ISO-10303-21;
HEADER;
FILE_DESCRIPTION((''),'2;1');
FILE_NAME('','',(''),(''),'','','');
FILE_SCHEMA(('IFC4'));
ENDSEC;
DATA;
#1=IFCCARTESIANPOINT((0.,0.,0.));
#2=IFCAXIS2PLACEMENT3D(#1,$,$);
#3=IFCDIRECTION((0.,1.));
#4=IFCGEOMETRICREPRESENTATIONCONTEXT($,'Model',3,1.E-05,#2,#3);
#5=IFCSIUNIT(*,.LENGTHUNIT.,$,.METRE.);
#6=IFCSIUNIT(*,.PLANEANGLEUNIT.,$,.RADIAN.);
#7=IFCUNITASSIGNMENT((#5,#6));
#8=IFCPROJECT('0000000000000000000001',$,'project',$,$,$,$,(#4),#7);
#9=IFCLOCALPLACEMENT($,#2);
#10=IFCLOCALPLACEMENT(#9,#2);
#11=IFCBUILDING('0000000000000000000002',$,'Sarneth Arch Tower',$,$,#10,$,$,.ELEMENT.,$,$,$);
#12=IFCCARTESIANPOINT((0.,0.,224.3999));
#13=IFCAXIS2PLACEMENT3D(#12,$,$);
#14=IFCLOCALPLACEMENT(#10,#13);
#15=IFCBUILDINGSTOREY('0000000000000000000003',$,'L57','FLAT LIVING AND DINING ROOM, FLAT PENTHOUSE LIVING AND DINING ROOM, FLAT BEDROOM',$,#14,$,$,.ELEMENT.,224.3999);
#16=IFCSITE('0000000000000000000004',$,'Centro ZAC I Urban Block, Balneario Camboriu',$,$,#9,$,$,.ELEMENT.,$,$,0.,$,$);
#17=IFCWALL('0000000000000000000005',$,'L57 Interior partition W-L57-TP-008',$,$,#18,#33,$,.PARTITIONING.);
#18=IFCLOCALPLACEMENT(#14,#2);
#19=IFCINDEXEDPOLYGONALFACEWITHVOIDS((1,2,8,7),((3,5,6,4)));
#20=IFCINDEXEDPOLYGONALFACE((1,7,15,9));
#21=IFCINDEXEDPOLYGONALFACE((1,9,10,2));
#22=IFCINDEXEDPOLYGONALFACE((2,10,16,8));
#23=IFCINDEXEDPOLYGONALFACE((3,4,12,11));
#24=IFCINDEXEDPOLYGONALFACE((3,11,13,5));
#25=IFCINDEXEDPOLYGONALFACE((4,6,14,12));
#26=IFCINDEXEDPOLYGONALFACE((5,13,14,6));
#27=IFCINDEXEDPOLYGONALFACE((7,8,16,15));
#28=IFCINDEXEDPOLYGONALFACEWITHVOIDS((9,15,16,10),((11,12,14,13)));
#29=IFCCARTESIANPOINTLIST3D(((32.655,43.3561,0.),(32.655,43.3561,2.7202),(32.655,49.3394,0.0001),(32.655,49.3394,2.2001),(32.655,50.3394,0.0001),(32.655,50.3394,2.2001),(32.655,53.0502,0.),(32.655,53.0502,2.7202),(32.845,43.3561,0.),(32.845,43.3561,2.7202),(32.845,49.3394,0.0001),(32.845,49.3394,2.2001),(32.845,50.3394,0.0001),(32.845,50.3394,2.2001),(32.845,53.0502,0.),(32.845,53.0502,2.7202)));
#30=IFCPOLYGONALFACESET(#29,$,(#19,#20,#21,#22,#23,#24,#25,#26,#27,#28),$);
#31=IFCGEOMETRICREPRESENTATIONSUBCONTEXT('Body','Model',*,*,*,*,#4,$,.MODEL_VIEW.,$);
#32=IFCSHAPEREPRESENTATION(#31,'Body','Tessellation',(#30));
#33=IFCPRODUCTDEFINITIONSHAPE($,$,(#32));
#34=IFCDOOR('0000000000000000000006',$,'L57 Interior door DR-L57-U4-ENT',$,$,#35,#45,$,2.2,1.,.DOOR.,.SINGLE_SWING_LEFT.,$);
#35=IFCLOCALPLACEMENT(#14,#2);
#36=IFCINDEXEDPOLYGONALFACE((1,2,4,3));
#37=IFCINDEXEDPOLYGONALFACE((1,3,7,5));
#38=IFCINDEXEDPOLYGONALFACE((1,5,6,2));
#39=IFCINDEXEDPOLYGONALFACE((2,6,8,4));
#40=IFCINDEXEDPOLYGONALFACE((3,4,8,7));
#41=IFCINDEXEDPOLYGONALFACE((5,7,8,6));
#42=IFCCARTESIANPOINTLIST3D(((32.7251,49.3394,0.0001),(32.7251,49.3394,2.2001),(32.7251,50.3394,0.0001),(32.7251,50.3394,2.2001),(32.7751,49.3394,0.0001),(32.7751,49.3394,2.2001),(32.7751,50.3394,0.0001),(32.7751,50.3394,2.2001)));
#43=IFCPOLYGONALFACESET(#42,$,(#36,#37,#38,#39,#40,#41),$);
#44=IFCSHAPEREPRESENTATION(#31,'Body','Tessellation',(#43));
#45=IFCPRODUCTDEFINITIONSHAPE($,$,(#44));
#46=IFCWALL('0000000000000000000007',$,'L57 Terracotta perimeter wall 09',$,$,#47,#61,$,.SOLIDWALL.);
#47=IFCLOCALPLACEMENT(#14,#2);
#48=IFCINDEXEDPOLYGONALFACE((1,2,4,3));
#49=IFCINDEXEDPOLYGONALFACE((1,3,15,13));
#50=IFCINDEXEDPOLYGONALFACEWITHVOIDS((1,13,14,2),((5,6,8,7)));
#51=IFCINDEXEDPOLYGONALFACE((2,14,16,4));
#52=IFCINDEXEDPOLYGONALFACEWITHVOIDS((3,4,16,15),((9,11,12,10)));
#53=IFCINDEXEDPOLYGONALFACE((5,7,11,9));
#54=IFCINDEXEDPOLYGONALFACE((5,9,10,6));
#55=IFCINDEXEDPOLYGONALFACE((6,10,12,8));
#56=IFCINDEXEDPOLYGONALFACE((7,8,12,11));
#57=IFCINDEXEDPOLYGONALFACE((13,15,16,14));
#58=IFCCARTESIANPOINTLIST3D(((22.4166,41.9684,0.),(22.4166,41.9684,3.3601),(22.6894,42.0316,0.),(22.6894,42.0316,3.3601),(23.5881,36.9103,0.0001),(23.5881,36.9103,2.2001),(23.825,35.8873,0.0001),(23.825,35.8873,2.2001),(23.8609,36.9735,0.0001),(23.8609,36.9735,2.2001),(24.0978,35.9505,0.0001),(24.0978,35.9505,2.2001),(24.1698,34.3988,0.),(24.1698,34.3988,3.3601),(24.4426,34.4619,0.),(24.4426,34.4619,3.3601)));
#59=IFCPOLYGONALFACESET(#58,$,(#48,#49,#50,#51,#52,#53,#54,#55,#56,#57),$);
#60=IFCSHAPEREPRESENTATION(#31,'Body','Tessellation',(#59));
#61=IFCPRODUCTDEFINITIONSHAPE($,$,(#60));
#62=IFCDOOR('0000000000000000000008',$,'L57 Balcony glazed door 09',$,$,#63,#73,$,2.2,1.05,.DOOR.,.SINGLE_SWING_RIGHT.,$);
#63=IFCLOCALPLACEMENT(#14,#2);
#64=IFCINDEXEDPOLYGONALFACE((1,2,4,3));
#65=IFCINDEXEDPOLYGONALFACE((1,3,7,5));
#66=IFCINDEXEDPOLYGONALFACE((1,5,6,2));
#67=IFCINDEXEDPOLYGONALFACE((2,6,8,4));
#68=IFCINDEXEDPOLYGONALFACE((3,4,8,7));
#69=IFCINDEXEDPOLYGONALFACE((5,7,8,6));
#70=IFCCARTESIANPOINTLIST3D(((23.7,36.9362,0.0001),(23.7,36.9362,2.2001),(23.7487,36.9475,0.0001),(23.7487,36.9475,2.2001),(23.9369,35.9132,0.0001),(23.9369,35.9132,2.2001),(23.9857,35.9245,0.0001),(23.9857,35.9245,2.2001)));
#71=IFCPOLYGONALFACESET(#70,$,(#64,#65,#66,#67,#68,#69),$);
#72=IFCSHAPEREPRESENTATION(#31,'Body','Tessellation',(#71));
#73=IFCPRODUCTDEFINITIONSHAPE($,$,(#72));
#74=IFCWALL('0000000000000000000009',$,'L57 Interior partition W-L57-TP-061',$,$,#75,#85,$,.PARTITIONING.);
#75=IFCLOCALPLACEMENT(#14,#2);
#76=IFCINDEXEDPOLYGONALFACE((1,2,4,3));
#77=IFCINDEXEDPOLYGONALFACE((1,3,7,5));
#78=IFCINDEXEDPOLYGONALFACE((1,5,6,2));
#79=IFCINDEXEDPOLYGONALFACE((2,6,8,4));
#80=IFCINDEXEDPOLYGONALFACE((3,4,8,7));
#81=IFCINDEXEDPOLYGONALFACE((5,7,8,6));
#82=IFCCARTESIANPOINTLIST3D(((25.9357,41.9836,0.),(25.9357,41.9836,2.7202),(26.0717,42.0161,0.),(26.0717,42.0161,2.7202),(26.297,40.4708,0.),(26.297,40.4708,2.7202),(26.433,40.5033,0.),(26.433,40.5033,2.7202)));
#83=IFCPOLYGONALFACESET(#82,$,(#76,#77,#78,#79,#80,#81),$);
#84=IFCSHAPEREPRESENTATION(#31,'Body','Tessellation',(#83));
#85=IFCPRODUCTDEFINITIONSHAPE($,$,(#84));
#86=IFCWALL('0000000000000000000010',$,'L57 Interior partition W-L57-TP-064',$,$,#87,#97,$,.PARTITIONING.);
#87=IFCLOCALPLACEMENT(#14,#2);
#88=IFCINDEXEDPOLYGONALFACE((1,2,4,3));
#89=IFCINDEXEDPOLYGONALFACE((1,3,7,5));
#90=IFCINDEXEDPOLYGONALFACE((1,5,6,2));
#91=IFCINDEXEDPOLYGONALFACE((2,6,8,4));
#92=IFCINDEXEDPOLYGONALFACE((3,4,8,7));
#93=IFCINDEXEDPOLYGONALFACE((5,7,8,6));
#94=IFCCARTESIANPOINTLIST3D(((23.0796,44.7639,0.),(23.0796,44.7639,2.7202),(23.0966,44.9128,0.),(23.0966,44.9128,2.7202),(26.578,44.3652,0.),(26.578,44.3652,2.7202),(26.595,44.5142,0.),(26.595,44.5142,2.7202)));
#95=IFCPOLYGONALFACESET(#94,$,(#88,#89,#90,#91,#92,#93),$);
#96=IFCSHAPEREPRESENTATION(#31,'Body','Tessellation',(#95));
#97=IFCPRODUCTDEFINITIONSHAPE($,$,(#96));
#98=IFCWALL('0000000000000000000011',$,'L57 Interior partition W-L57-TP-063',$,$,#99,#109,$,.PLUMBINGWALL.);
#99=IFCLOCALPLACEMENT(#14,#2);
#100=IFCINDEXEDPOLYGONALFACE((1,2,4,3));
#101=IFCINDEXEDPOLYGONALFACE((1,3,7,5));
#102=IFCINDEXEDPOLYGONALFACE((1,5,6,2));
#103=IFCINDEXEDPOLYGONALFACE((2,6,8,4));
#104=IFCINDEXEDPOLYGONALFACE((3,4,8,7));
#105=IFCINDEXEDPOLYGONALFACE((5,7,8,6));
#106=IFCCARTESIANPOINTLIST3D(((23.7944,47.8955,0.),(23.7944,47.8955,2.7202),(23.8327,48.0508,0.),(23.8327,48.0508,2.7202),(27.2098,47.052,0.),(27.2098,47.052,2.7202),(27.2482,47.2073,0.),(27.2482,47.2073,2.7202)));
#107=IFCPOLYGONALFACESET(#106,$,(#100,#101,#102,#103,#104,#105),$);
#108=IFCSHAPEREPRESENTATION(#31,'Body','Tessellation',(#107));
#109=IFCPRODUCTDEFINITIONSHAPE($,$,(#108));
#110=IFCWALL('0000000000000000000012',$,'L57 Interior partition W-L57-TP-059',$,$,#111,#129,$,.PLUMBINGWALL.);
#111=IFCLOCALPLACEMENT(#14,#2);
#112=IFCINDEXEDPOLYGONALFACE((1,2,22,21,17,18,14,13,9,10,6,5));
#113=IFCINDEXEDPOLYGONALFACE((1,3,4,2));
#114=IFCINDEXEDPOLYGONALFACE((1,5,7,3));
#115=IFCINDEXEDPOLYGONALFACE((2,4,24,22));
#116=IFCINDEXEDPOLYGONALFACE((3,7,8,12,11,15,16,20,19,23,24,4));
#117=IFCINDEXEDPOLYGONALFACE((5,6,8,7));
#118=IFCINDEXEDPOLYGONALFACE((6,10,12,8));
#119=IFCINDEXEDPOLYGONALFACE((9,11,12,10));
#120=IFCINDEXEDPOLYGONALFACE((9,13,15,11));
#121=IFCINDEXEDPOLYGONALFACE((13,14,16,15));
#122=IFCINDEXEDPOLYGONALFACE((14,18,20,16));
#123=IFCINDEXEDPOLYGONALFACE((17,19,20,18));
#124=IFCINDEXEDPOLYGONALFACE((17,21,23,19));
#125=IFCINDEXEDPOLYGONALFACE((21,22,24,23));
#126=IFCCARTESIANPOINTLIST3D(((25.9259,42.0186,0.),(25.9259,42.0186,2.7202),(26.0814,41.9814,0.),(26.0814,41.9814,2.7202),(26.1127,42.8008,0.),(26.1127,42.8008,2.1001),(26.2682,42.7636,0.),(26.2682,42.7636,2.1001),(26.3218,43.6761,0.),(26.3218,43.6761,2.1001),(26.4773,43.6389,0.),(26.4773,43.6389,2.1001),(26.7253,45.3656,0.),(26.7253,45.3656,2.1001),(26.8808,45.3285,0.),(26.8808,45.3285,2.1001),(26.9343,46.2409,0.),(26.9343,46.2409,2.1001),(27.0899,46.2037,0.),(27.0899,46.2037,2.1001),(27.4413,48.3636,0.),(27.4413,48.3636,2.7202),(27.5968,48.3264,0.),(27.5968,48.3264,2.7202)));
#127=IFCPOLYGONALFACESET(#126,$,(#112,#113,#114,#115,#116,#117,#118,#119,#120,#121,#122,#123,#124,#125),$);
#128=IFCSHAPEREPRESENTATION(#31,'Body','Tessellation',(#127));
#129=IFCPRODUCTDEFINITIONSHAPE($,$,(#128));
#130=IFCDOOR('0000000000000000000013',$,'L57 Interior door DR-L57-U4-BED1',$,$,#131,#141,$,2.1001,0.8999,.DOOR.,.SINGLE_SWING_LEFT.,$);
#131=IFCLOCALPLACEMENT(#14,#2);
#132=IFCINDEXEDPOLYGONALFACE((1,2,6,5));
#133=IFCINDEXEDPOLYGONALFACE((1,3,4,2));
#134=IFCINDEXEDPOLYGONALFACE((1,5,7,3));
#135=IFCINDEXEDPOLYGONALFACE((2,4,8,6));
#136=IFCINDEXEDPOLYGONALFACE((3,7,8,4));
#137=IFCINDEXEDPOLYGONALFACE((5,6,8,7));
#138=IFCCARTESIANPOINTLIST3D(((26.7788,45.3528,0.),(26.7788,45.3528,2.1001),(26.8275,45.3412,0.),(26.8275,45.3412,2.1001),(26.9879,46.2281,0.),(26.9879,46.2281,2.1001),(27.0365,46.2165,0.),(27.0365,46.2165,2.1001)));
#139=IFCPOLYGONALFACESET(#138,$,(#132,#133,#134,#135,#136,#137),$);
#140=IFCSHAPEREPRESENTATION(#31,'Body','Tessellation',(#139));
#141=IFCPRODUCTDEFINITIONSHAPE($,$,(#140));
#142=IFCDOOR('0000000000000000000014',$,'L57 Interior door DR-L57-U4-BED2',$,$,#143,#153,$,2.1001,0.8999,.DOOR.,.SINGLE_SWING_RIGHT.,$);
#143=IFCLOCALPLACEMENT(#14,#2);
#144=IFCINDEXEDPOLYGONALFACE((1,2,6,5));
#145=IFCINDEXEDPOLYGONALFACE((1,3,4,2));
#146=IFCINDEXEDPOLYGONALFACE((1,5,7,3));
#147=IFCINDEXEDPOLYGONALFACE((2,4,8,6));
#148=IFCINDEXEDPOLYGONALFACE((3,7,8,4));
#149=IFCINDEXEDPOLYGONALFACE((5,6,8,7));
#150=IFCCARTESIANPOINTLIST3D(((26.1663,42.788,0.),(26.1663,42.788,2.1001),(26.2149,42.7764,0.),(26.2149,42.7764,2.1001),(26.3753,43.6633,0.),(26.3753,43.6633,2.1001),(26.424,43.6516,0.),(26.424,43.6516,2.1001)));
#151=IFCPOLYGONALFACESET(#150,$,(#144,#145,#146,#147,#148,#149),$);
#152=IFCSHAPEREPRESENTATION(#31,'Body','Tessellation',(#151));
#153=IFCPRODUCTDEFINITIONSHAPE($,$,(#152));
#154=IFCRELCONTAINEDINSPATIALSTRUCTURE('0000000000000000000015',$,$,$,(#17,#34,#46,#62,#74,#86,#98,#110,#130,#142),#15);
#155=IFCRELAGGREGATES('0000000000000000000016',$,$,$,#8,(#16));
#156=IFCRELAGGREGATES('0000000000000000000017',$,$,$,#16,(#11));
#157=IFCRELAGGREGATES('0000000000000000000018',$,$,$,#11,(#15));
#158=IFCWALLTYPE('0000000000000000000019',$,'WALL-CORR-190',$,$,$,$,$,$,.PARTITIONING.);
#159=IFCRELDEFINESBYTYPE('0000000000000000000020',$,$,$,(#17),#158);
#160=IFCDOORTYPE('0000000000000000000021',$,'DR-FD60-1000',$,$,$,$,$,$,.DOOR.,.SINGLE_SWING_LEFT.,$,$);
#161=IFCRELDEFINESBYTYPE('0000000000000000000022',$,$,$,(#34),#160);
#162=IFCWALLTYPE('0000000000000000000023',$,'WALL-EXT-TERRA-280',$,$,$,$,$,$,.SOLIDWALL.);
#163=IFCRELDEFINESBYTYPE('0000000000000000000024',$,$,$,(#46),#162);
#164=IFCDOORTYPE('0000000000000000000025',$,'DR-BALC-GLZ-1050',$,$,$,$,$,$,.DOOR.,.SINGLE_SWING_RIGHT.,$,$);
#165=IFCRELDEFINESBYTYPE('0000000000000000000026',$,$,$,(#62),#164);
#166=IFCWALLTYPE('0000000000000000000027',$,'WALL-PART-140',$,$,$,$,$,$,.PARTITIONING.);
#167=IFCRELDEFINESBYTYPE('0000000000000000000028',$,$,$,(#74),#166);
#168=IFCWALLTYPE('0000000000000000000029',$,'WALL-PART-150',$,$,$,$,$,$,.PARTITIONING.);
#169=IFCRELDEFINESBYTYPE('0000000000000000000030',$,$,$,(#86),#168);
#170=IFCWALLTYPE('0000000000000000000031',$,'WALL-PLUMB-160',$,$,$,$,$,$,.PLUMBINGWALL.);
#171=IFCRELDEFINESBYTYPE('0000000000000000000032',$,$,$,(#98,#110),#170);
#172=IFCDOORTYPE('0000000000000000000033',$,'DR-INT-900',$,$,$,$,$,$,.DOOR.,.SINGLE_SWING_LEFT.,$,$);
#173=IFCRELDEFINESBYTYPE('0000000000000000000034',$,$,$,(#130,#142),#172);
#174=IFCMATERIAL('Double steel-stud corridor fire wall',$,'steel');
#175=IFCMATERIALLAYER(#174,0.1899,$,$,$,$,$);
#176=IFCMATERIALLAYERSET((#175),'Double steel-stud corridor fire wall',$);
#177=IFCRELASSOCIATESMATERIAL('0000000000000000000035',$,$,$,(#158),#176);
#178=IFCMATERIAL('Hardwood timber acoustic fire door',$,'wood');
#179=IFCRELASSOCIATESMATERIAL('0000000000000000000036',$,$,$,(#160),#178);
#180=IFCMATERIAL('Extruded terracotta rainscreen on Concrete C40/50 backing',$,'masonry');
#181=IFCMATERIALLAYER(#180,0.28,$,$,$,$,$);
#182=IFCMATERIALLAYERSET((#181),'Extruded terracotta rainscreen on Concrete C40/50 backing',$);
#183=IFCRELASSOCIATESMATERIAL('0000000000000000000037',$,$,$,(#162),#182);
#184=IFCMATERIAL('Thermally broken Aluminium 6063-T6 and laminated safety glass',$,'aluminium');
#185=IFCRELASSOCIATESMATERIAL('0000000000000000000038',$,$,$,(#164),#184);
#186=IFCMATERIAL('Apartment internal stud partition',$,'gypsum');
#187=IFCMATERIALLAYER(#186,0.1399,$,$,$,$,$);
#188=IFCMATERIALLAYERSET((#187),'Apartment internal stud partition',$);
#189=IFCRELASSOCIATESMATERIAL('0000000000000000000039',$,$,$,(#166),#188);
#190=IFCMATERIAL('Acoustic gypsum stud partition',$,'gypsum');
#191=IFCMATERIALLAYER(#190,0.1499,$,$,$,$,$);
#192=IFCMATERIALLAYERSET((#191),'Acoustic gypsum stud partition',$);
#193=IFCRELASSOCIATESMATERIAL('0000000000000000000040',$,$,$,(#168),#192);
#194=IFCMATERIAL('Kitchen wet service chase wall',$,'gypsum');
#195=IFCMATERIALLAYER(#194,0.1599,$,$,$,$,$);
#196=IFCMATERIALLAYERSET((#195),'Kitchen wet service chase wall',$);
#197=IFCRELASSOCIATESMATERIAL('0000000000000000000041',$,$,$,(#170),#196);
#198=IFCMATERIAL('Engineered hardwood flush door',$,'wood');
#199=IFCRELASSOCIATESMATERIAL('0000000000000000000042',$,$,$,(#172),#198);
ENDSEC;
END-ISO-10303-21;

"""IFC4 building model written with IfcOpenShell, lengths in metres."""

from ifc_helpers import new_model, si_unit, direction, frame, frame_2d, origin, place, context, subcontext, project, spatial, rectangle, extrude, material, layer, layer_set, type_object, element, fill, save


model = new_model("IFC4")

# Units and contexts
model_context = context("Model", 3, precision=1e-05, world=origin(), true_north=direction((0.0, 1.0)))
body_context = subcontext(model_context, "Body", "Model", "MODEL_VIEW")
ifc_project = project(units=[si_unit("LENGTHUNIT", "METRE"), si_unit("PLANEANGLEUNIT", "RADIAN")], contexts=[model_context])

# Site, building, storey
site_placement = place(None, origin())
site = spatial("IfcSite", under=ifc_project, at=site_placement, Name="Centro ZAC I Urban Block, Balneario Camboriu", CompositionType="ELEMENT", RefElevation=0.0)
building_placement = place(site_placement, origin())
building = spatial("IfcBuilding", under=site, at=building_placement, Name="Sarneth Arch Tower", CompositionType="ELEMENT")
storey_placement = place(building_placement, frame((0.0, 0.0, 224.3999)))
storey = spatial("IfcBuildingStorey", under=building, at=storey_placement, Name="L57", Description="FLAT LIVING AND DINING ROOM, FLAT PENTHOUSE LIVING AND DINING ROOM, FLAT BEDROOM", CompositionType="ELEMENT", Elevation=224.3999)

# Walls, openings, doors
ifc_material_1 = material(Name="Double steel-stud corridor fire wall", Category="steel")
ifc_layer_1 = layer(ifc_material_1, 0.1899)
ifc_layer_set_1 = layer_set([ifc_layer_1], Name="Double steel-stud corridor fire wall")
wall_type_1 = type_object("IfcWallType", Name="WALL-CORR-190", PredefinedType="PARTITIONING", material=ifc_layer_set_1)
wall_1_placement = place(storey_placement, frame((32.75, 43.356, 0.0), z_axis=(0.0, 0.0, 1.0), x_axis=(0.0, 1.0, 0.0)))
wall_1 = element("IfcWall", 1, at=wall_1_placement, inside=storey, type_object=wall_type_1, Name="L57 Interior partition W-L57-TP-008", PredefinedType="PARTITIONING", context=body_context, shape_type="SweptSolid", body=[
    extrude(rectangle(XDim=9.6941, YDim=0.1899, at=frame_2d((4.8472, 0.0))), origin(), (0.0, 0.0, 1.0), 2.7202),
])
opening_1_placement = place(wall_1_placement, frame((5.9834, 0.0, 0.0)))
opening_1 = element("IfcOpeningElement", 2, at=opening_1_placement, cuts=wall_1, PredefinedType="OPENING", context=body_context, shape_type="SweptSolid", body=[
    extrude(rectangle(XDim=1.0, YDim=2.2, at=frame_2d((0.5, 1.1001))), frame((0.0, 0.105, 0.0), z_axis=(0.0, -1.0, 0.0), x_axis=(1.0, 0.0, 0.0)), (0.0, 0.0, 1.0), 0.21),
])
ifc_material_2 = material(Name="Hardwood timber acoustic fire door", Category="wood")
door_type_1 = type_object("IfcDoorType", Name="DR-FD60-1000", OperationType="SINGLE_SWING_LEFT", PredefinedType="DOOR", material=ifc_material_2)
door_1_placement = place(opening_1_placement, origin())
door_1 = element("IfcDoor", 3, at=door_1_placement, inside=storey, type_object=door_type_1, Name="L57 Interior door DR-L57-U4-ENT", OperationType="SINGLE_SWING_LEFT", OverallHeight=2.2, OverallWidth=1.0, PredefinedType="DOOR", context=body_context, shape_type="SweptSolid", body=[
    extrude(rectangle(XDim=1.0, YDim=2.2, at=frame_2d((0.5, 1.1001))), frame((0.0, 0.0249, 0.0), z_axis=(0.0, -1.0, 0.0), x_axis=(1.0, 0.0, 0.0)), (0.0, 0.0, 1.0), 0.05),
])
fill(opening_1, door_1)
ifc_material_3 = material(Name="Extruded terracotta rainscreen on Concrete C40/50 backing", Category="masonry")
ifc_layer_2 = layer(ifc_material_3, 0.28)
ifc_layer_set_2 = layer_set([ifc_layer_2], Name="Extruded terracotta rainscreen on Concrete C40/50 backing")
wall_type_2 = type_object("IfcWallType", Name="WALL-EXT-TERRA-280", PredefinedType="SOLIDWALL", material=ifc_layer_set_2)
wall_2_placement = place(storey_placement, frame((22.553, 42.0, 0.0), z_axis=(0.0, 0.0, 1.0), x_axis=(0.225635, -0.974212, 0.0)))
wall_2 = element("IfcWall", 4, at=wall_2_placement, inside=storey, type_object=wall_type_2, Name="L57 Terracotta perimeter wall 09", PredefinedType="SOLIDWALL", context=body_context, shape_type="SweptSolid", body=[
    extrude(rectangle(XDim=7.77, YDim=0.28, at=frame_2d((3.885, 0.0))), origin(), (0.0, 0.0, 1.0), 3.3601),
])
opening_2_placement = place(wall_2_placement, frame((5.1921, 0.0, 0.0)))
opening_2 = element("IfcOpeningElement", 5, at=opening_2_placement, cuts=wall_2, PredefinedType="OPENING", context=body_context, shape_type="SweptSolid", body=[
    extrude(rectangle(XDim=1.05, YDim=2.2, at=frame_2d((0.5249, 1.1001))), frame((0.0, 0.1499, 0.0), z_axis=(0.0, -1.0, 0.0), x_axis=(1.0, 0.0, 0.0)), (0.0, 0.0, 1.0), 0.3),
])
ifc_material_4 = material(Name="Thermally broken Aluminium 6063-T6 and laminated safety glass", Category="aluminium")
door_type_2 = type_object("IfcDoorType", Name="DR-BALC-GLZ-1050", OperationType="SINGLE_SWING_RIGHT", PredefinedType="DOOR", material=ifc_material_4)
door_2_placement = place(opening_2_placement, origin())
door_2 = element("IfcDoor", 6, at=door_2_placement, inside=storey, type_object=door_type_2, Name="L57 Balcony glazed door 09", OperationType="SINGLE_SWING_RIGHT", OverallHeight=2.2, OverallWidth=1.05, PredefinedType="DOOR", context=body_context, shape_type="SweptSolid", body=[
    extrude(rectangle(XDim=1.05, YDim=2.2, at=frame_2d((0.5249, 1.1001))), frame((0.0, 0.0249, 0.0), z_axis=(0.0, -1.0, 0.0), x_axis=(1.0, 0.0, 0.0)), (0.0, 0.0, 1.0), 0.05),
])
fill(opening_2, door_2)

# Walls
ifc_material_5 = material(Name="Apartment internal stud partition", Category="gypsum")
ifc_layer_3 = layer(ifc_material_5, 0.1399)
ifc_layer_set_3 = layer_set([ifc_layer_3], Name="Apartment internal stud partition")
wall_type_3 = type_object("IfcWallType", Name="WALL-PART-140", PredefinedType="PARTITIONING", material=ifc_layer_set_3)
wall_3_placement = place(storey_placement, frame((26.0037, 42.0, 0.0), z_axis=(0.0, 0.0, 1.0), x_axis=(0.232292, -0.972646, 0.0)))
element("IfcWall", 7, at=wall_3_placement, inside=storey, type_object=wall_type_3, Name="L57 Interior partition W-L57-TP-061", PredefinedType="PARTITIONING", context=body_context, shape_type="SweptSolid", body=[
    extrude(rectangle(XDim=1.5554, YDim=0.1399, at=frame_2d((0.7778, 0.0))), origin(), (0.0, 0.0, 1.0), 2.7202),
])
ifc_material_6 = material(Name="Acoustic gypsum stud partition", Category="gypsum")
ifc_layer_4 = layer(ifc_material_6, 0.1499)
ifc_layer_set_4 = layer_set([ifc_layer_4], Name="Acoustic gypsum stud partition")
wall_type_4 = type_object("IfcWallType", Name="WALL-PART-150", PredefinedType="PARTITIONING", material=ifc_layer_set_4)
wall_4_placement = place(storey_placement, frame((23.0881, 44.8384, 0.0), z_axis=(0.0, 0.0, 1.0), x_axis=(0.993569, -0.113232, 0.0)))
element("IfcWall", 8, at=wall_4_placement, inside=storey, type_object=wall_type_4, Name="L57 Interior partition W-L57-TP-064", PredefinedType="PARTITIONING", context=body_context, shape_type="SweptSolid", body=[
    extrude(rectangle(XDim=3.521, YDim=0.1499, at=frame_2d((1.7605, 0.0))), origin(), (0.0, 0.0, 1.0), 2.7202),
])
ifc_material_7 = material(Name="Kitchen wet service chase wall", Category="gypsum")
ifc_layer_5 = layer(ifc_material_7, 0.1599)
ifc_layer_set_5 = layer_set([ifc_layer_5], Name="Kitchen wet service chase wall")
wall_type_5 = type_object("IfcWallType", Name="WALL-PLUMB-160", PredefinedType="PLUMBINGWALL", material=ifc_layer_set_5)
wall_5_placement = place(storey_placement, frame((27.229, 47.1296, 0.0), z_axis=(0.0, 0.0, 1.0), x_axis=(-0.970832, 0.239759, 0.0)))
element("IfcWall", 9, at=wall_5_placement, inside=storey, type_object=wall_type_5, Name="L57 Interior partition W-L57-TP-063", PredefinedType="PLUMBINGWALL", context=body_context, shape_type="SweptSolid", body=[
    extrude(rectangle(XDim=3.5181, YDim=0.1599, at=frame_2d((1.759, 0.0))), origin(), (0.0, 0.0, 1.0), 2.7202),
])

# Wall, openings, doors
wall_6_placement = place(storey_placement, frame((26.0037, 42.0, 0.0), z_axis=(0.0, 0.0, 1.0), x_axis=(0.232298, 0.972645, 0.0)))
wall_6 = element("IfcWall", 10, at=wall_6_placement, inside=storey, type_object=wall_type_5, Name="L57 Interior partition W-L57-TP-059", PredefinedType="PLUMBINGWALL", context=body_context, shape_type="SweptSolid", body=[
    extrude(rectangle(XDim=6.5234, YDim=0.1599, at=frame_2d((3.2617, 0.0))), origin(), (0.0, 0.0, 1.0), 2.7202),
])
opening_3_placement = place(wall_6_placement, frame((3.4412, 0.0, 0.0)))
opening_3 = element("IfcOpeningElement", 11, at=opening_3_placement, cuts=wall_6, PredefinedType="OPENING", context=body_context, shape_type="SweptSolid", body=[
    extrude(rectangle(XDim=0.8999, YDim=2.1001, at=frame_2d((0.45, 1.05))), frame((0.0, 0.0898, 0.0), z_axis=(0.0, -1.0, 0.0), x_axis=(1.0, 0.0, 0.0)), (0.0, 0.0, 1.0), 0.1799),
])
opening_4_placement = place(wall_6_placement, frame((0.8042, 0.0, 0.0)))
opening_4 = element("IfcOpeningElement", 12, at=opening_4_placement, cuts=wall_6, PredefinedType="OPENING", context=body_context, shape_type="SweptSolid", body=[
    extrude(rectangle(XDim=0.8999, YDim=2.1001, at=frame_2d((0.45, 1.05))), frame((0.0, 0.0898, 0.0), z_axis=(0.0, -1.0, 0.0), x_axis=(1.0, 0.0, 0.0)), (0.0, 0.0, 1.0), 0.1799),
])
ifc_material_8 = material(Name="Engineered hardwood flush door", Category="wood")
door_type_3 = type_object("IfcDoorType", Name="DR-INT-900", OperationType="SINGLE_SWING_LEFT", PredefinedType="DOOR", material=ifc_material_8)
door_3_placement = place(opening_3_placement, origin())
door_3 = element("IfcDoor", 13, at=door_3_placement, inside=storey, type_object=door_type_3, Name="L57 Interior door DR-L57-U4-BED1", OperationType="SINGLE_SWING_LEFT", OverallHeight=2.1001, OverallWidth=0.8999, PredefinedType="DOOR", context=body_context, shape_type="SweptSolid", body=[
    extrude(rectangle(XDim=0.8999, YDim=2.1001, at=frame_2d((0.45, 1.05))), frame((0.0, 0.0249, 0.0), z_axis=(0.0, -1.0, 0.0), x_axis=(1.0, 0.0, 0.0)), (0.0, 0.0, 1.0), 0.05),
])
fill(opening_3, door_3)
door_4_placement = place(opening_4_placement, origin())
door_4 = element("IfcDoor", 14, at=door_4_placement, inside=storey, type_object=door_type_3, Name="L57 Interior door DR-L57-U4-BED2", OperationType="SINGLE_SWING_RIGHT", OverallHeight=2.1001, OverallWidth=0.8999, PredefinedType="DOOR", context=body_context, shape_type="SweptSolid", body=[
    extrude(rectangle(XDim=0.8999, YDim=2.1001, at=frame_2d((0.45, 1.05))), frame((0.0, 0.0249, 0.0), z_axis=(0.0, -1.0, 0.0), x_axis=(1.0, 0.0, 0.0)), (0.0, 0.0, 1.0), 0.05),
])
fill(opening_4, door_4)

save(model, "model.ifc")
